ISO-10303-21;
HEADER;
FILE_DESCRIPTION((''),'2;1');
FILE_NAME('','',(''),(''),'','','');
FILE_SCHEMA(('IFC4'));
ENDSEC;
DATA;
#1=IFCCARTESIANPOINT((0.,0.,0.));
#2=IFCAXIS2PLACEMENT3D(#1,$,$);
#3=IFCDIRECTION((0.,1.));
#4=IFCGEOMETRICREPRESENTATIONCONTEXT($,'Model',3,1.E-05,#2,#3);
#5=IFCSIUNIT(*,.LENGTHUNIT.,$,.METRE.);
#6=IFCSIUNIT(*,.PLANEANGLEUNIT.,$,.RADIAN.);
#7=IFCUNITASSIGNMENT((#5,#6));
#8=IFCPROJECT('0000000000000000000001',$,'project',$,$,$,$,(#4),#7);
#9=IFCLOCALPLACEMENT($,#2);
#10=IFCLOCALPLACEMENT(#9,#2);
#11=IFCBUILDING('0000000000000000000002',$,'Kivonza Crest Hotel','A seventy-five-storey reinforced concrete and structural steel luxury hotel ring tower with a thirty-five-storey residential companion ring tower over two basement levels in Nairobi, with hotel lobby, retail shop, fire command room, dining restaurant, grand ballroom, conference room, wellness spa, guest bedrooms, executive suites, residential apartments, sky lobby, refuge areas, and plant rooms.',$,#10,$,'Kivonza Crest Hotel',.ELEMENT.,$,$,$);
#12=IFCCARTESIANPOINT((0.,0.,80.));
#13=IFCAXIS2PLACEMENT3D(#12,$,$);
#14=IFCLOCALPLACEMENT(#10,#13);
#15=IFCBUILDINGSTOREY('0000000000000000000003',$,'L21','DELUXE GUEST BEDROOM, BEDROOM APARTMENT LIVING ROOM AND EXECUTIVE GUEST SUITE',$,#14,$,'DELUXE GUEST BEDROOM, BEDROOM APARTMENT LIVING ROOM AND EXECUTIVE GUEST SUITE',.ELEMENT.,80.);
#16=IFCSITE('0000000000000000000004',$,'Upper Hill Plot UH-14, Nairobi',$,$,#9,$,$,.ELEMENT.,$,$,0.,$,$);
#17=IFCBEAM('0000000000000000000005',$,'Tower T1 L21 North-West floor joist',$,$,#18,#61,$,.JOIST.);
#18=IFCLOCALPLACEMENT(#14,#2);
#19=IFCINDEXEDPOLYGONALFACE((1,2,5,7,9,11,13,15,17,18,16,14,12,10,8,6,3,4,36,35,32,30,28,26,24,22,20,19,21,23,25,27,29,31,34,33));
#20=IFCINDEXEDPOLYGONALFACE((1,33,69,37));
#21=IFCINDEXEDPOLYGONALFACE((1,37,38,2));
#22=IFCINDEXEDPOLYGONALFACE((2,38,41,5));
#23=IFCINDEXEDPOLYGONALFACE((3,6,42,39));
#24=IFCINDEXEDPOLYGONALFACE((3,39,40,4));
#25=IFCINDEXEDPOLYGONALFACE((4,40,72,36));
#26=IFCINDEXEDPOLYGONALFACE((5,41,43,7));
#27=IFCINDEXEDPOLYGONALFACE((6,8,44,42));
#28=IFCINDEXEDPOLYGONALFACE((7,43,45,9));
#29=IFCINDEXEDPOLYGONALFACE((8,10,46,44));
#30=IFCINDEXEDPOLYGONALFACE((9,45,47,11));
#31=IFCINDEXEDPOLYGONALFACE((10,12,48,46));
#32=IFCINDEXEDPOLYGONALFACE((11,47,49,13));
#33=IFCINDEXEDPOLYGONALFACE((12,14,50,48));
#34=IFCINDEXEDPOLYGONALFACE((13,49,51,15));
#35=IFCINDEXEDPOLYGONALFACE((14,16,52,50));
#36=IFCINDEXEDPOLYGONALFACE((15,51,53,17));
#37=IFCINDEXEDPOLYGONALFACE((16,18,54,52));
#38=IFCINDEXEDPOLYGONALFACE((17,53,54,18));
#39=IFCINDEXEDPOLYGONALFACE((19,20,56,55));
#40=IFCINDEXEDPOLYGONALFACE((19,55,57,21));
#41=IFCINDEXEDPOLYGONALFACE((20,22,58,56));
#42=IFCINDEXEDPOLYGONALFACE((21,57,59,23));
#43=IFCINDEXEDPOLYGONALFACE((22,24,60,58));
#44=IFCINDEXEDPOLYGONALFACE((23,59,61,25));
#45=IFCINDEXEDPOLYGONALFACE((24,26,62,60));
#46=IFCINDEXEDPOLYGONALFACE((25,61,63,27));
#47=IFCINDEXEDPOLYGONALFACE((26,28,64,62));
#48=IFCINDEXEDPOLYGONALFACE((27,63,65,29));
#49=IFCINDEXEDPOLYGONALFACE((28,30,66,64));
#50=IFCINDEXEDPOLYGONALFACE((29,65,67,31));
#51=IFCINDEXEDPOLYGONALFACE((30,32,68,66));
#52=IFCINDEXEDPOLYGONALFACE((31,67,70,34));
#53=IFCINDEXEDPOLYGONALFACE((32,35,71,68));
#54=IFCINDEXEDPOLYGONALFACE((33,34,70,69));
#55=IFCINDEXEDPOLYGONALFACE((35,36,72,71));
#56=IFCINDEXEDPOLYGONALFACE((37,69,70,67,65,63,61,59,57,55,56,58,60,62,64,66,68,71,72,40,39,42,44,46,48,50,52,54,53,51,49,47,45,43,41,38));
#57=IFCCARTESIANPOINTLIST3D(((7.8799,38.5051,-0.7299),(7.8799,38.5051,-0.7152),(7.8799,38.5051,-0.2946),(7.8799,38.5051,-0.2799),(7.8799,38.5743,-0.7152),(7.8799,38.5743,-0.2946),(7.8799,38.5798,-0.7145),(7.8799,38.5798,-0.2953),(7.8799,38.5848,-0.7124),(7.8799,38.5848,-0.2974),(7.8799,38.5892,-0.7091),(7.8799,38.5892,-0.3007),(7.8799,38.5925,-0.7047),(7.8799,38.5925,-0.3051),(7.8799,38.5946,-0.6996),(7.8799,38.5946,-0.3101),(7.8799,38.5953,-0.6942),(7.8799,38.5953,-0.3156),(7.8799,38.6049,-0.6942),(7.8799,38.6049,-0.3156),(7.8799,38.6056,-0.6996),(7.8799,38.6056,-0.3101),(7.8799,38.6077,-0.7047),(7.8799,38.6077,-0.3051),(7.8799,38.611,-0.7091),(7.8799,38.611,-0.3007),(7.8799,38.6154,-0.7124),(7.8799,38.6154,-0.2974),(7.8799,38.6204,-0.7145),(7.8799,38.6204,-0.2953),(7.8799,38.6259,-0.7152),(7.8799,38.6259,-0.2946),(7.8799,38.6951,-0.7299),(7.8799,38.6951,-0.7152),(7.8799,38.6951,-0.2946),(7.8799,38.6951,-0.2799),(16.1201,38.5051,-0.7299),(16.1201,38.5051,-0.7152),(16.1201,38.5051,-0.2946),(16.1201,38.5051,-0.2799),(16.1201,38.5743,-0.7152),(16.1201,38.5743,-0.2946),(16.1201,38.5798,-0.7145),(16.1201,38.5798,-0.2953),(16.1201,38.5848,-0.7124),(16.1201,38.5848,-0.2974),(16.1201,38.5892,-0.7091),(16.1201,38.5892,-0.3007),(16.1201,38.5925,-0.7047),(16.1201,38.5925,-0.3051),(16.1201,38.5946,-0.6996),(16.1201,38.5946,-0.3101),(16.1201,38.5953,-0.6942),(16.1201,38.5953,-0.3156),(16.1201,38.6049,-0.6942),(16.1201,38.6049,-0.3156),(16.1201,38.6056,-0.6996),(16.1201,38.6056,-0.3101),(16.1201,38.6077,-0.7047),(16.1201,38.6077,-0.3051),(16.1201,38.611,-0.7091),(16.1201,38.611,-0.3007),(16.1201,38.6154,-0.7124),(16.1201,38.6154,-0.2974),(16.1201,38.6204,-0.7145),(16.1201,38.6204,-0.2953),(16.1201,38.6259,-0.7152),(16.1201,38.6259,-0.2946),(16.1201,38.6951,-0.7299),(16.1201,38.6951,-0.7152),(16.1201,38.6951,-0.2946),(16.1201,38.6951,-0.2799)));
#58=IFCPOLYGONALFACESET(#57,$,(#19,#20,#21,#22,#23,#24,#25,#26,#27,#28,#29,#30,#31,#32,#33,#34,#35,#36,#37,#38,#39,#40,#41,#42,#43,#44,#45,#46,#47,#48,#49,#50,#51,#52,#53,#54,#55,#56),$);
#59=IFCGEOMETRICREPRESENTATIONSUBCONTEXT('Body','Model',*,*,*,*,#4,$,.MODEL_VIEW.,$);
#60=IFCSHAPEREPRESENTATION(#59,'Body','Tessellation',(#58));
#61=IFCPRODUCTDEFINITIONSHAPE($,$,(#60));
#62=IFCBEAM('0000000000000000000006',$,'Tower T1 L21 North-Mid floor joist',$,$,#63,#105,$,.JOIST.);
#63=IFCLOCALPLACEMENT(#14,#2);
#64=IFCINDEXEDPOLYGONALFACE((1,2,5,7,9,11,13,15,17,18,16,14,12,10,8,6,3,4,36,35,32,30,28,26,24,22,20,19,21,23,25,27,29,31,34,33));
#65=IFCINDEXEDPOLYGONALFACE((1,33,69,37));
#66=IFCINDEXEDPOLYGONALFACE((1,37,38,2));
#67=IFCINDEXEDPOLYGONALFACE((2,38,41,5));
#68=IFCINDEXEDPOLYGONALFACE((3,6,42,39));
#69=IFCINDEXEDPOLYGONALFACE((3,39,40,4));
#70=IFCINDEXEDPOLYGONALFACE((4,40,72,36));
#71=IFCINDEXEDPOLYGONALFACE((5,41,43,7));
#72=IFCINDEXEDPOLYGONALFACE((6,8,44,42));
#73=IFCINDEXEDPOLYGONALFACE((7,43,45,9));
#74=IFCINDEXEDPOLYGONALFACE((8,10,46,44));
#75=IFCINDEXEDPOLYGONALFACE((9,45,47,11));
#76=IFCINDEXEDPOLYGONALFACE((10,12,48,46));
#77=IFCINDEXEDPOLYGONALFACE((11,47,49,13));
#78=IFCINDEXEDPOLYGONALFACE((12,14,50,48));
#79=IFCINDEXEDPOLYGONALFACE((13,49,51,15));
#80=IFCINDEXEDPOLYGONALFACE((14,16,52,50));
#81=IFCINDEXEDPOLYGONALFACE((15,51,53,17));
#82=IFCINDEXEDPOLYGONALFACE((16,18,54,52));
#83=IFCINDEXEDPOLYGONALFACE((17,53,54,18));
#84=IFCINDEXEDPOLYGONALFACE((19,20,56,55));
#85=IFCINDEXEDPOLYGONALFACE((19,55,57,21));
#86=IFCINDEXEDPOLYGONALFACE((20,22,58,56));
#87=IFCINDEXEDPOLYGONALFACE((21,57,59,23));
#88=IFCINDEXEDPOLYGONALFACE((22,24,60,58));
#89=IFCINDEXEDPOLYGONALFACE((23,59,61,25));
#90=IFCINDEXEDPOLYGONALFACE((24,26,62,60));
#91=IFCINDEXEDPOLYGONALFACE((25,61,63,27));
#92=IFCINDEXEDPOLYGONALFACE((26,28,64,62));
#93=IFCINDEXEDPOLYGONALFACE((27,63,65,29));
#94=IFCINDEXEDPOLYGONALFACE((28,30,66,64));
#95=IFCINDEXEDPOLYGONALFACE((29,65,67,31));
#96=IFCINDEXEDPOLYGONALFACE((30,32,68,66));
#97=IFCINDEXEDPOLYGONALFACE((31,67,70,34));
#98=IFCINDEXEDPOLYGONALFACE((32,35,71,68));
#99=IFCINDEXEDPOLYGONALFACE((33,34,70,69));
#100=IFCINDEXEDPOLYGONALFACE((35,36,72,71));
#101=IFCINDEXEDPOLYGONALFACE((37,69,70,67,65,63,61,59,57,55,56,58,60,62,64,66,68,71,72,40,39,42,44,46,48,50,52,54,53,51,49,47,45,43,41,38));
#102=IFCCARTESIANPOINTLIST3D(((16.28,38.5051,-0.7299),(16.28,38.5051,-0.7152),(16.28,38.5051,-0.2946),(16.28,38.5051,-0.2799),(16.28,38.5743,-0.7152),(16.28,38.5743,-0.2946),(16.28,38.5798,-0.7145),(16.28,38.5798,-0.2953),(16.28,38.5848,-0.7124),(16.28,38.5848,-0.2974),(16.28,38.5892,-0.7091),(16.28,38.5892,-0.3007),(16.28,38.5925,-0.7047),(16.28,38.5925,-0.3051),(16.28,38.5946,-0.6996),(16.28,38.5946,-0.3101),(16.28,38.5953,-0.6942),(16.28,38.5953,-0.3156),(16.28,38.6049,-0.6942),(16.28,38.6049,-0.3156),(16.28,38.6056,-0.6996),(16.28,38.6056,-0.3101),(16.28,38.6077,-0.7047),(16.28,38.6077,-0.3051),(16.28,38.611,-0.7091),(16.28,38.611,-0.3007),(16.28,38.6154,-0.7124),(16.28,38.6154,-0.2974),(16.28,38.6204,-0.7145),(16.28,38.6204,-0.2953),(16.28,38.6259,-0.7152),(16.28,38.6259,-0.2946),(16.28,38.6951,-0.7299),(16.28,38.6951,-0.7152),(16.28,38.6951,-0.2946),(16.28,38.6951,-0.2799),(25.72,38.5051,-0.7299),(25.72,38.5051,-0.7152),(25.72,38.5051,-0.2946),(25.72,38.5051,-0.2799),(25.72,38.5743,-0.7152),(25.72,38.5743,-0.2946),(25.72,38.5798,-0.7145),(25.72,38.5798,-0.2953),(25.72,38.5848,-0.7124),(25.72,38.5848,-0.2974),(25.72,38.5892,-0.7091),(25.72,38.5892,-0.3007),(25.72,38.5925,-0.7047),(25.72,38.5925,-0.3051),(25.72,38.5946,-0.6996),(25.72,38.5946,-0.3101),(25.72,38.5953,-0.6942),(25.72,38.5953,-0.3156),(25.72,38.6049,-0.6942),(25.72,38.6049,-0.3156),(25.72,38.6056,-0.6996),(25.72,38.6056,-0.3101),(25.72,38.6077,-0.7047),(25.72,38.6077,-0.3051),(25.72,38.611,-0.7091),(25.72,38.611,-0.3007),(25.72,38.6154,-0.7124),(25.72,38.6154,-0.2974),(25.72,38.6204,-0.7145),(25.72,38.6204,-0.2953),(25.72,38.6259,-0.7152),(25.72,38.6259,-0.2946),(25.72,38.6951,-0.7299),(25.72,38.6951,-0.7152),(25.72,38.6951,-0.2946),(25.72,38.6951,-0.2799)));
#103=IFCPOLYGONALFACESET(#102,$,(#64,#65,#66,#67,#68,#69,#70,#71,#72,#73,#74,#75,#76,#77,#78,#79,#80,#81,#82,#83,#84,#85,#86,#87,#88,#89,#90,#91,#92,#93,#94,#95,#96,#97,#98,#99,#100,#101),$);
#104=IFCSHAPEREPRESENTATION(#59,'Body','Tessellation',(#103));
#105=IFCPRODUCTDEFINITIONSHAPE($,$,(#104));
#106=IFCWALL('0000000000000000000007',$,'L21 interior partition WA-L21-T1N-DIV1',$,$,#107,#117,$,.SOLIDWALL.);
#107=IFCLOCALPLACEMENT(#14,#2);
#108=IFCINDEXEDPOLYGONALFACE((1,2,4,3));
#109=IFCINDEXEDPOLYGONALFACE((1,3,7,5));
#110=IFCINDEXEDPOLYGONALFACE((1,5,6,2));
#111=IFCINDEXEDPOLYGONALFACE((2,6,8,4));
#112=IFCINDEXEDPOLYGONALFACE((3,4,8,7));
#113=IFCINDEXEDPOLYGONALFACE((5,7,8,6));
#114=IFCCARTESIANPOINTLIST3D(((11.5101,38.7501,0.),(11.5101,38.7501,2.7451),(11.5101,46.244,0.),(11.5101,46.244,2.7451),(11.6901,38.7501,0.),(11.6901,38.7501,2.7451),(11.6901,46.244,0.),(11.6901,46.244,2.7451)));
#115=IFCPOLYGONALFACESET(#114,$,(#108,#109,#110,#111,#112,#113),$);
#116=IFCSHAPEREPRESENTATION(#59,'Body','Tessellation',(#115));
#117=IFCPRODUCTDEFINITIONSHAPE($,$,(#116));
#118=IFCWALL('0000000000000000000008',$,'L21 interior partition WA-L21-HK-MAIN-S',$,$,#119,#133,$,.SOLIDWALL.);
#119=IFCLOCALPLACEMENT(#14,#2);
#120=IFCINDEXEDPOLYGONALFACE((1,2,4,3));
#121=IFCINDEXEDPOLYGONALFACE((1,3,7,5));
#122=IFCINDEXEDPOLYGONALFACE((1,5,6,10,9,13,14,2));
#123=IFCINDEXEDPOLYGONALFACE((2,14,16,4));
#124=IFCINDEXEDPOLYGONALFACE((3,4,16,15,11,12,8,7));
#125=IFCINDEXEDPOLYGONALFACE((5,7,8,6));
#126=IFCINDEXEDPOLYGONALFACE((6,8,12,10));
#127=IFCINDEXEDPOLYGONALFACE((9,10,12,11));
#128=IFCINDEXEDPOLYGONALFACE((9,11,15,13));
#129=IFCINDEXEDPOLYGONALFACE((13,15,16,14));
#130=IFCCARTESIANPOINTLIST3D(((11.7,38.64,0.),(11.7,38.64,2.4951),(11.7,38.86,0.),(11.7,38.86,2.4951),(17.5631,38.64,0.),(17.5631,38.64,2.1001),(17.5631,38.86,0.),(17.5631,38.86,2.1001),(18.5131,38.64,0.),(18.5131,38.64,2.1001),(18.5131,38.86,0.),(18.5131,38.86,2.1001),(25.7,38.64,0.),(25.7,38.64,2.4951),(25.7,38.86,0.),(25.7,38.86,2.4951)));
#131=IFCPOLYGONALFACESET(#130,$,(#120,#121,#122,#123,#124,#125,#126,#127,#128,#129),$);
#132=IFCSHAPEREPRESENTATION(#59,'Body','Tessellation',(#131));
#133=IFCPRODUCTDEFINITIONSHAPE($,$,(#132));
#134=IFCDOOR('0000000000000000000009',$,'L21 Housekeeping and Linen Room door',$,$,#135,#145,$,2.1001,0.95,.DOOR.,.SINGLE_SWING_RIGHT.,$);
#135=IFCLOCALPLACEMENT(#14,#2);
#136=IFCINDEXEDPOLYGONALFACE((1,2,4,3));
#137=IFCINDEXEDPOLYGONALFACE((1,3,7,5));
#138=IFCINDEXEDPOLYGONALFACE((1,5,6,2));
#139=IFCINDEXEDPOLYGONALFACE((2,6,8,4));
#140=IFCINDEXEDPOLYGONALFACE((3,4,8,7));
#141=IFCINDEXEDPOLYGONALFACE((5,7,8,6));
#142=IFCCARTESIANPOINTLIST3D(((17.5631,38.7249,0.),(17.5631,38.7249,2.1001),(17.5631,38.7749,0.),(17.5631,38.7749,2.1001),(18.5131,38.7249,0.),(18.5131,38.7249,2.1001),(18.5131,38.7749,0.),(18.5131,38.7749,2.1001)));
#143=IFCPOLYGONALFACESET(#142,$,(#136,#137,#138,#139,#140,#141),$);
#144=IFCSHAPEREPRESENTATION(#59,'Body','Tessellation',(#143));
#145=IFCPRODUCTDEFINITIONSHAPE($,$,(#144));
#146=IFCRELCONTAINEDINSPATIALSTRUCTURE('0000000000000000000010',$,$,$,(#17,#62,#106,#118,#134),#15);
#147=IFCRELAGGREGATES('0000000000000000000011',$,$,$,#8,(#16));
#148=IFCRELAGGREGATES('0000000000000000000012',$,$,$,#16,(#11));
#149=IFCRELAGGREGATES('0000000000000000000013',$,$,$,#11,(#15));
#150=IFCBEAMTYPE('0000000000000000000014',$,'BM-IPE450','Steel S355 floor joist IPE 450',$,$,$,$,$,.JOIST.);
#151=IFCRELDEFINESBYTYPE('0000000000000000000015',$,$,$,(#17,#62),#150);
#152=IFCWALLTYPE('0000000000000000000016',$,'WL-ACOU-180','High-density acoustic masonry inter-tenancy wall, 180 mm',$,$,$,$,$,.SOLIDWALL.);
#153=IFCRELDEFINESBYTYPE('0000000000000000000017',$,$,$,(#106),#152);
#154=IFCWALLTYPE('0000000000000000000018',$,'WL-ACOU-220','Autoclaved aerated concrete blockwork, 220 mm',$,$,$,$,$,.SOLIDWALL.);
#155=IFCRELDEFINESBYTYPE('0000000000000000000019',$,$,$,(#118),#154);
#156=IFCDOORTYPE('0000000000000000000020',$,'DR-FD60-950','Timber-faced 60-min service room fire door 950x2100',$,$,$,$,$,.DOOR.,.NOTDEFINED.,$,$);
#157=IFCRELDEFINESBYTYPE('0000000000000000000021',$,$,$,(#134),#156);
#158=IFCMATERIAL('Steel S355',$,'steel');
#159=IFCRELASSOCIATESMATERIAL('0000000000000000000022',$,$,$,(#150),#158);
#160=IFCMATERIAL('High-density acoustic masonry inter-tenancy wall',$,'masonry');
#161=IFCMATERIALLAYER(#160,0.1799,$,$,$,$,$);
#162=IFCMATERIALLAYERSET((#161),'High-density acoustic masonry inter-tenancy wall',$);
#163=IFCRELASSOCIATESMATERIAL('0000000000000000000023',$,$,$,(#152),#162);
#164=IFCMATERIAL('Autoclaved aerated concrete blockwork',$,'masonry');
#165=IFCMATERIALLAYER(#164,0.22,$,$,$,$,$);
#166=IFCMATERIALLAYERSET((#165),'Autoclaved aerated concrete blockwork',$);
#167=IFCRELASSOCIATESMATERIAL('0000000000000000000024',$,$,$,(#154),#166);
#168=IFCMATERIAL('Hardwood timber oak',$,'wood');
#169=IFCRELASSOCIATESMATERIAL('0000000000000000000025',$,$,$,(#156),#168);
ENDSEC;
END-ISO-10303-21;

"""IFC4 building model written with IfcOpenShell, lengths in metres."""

from ifc_helpers import new_model, si_unit, direction, frame, frame_2d, origin, origin_2d, place, context, subcontext, project, spatial, rectangle, i_section, extrude, material, layer, layer_set, material_profile, profile_set, type_object, element, fill, save


model = new_model("IFC4")

# Units and contexts
model_context = context("Model", 3, precision=1e-05, world=origin(), true_north=direction((0.0, 1.0)))
body_context = subcontext(model_context, "Body", "Model", "MODEL_VIEW")
ifc_project = project(units=[si_unit("LENGTHUNIT", "METRE"), si_unit("PLANEANGLEUNIT", "RADIAN")], contexts=[model_context])

# Site, building, storey
site_placement = place(None, origin())
site = spatial("IfcSite", under=ifc_project, at=site_placement, Name="Upper Hill Plot UH-14, Nairobi", CompositionType="ELEMENT", RefElevation=0.0)
building_placement = place(site_placement, origin())
building = spatial("IfcBuilding", under=site, at=building_placement, Name="Kivonza Crest Hotel", Description="A seventy-five-storey reinforced concrete and structural steel luxury hotel ring tower with a thirty-five-storey residential companion ring tower over two basement levels in Nairobi, with hotel lobby, retail shop, fire command room, dining restaurant, grand ballroom, conference room, wellness spa, guest bedrooms, executive suites, residential apartments, sky lobby, refuge areas, and plant rooms.", LongName="Kivonza Crest Hotel", CompositionType="ELEMENT")
storey_placement = place(building_placement, frame((0.0, 0.0, 80.0)))
storey = spatial("IfcBuildingStorey", under=building, at=storey_placement, Name="L21", Description="DELUXE GUEST BEDROOM, BEDROOM APARTMENT LIVING ROOM AND EXECUTIVE GUEST SUITE", LongName="DELUXE GUEST BEDROOM, BEDROOM APARTMENT LIVING ROOM AND EXECUTIVE GUEST SUITE", CompositionType="ELEMENT", Elevation=80.0)

# Beams
ifc_material_1 = material(Name="Steel S355", Category="steel")
ifc_material_profile_1 = material_profile(ifc_material_1, i_section(OverallWidth=0.1899, OverallDepth=0.45, WebThickness=0.0095, FlangeThickness=0.0146, FilletRadius=0.021, at=origin_2d()), Name="IPE 450")
ifc_profile_set_1 = profile_set([ifc_material_profile_1], Name="Steel S355")
beam_type_1 = type_object("IfcBeamType", Name="BM-IPE450", Description="Steel S355 floor joist IPE 450", PredefinedType="JOIST", material=ifc_profile_set_1)
beam_1_placement = place(storey_placement, frame((7.8799, 38.6001, -0.5049), z_axis=(1.0, 0.0, 0.0), x_axis=(0.0, 1.0, 0.0)))
element("IfcBeam", 1, at=beam_1_placement, inside=storey, type_object=beam_type_1, Name="Tower T1 L21 North-West floor joist", PredefinedType="JOIST", context=body_context, shape_type="SweptSolid", body=[
    extrude(i_section(OverallWidth=0.1899, OverallDepth=0.45, WebThickness=0.0095, FlangeThickness=0.0146, FilletRadius=0.021, at=origin_2d()), origin(), (0.0, 0.0, 1.0), 8.2402),
])
beam_2_placement = place(storey_placement, frame((16.28, 38.6001, -0.5049), z_axis=(1.0, 0.0, 0.0), x_axis=(0.0, 1.0, 0.0)))
element("IfcBeam", 2, at=beam_2_placement, inside=storey, type_object=beam_type_1, Name="Tower T1 L21 North-Mid floor joist", PredefinedType="JOIST", context=body_context, shape_type="SweptSolid", body=[
    extrude(i_section(OverallWidth=0.1899, OverallDepth=0.45, WebThickness=0.0095, FlangeThickness=0.0146, FilletRadius=0.021, at=origin_2d()), origin(), (0.0, 0.0, 1.0), 9.4399),
])

# Wall
ifc_material_2 = material(Name="High-density acoustic masonry inter-tenancy wall", Category="masonry")
ifc_layer_1 = layer(ifc_material_2, 0.1799)
ifc_layer_set_1 = layer_set([ifc_layer_1], Name="High-density acoustic masonry inter-tenancy wall")
wall_type_1 = type_object("IfcWallType", Name="WL-ACOU-180", Description="High-density acoustic masonry inter-tenancy wall, 180 mm", PredefinedType="SOLIDWALL", material=ifc_layer_set_1)
wall_1_placement = place(storey_placement, frame((11.6001, 38.75, 0.0), z_axis=(0.0, 0.0, 1.0), x_axis=(0.0, 1.0, 0.0)))
element("IfcWall", 3, at=wall_1_placement, inside=storey, type_object=wall_type_1, Name="L21 interior partition WA-L21-T1N-DIV1", PredefinedType="SOLIDWALL", context=body_context, shape_type="SweptSolid", body=[
    extrude(rectangle(XDim=7.4939, YDim=0.1799, at=frame_2d((3.7471, 0.0))), origin(), (0.0, 0.0, 1.0), 2.7451),
])

# Wall, opening, door
ifc_material_3 = material(Name="Autoclaved aerated concrete blockwork", Category="masonry")
ifc_layer_2 = layer(ifc_material_3, 0.22)
ifc_layer_set_2 = layer_set([ifc_layer_2], Name="Autoclaved aerated concrete blockwork")
wall_type_2 = type_object("IfcWallType", Name="WL-ACOU-220", Description="Autoclaved aerated concrete blockwork, 220 mm", PredefinedType="SOLIDWALL", material=ifc_layer_set_2)
wall_2_placement = place(storey_placement, frame((11.7, 38.75, 0.0), z_axis=(0.0, 0.0, 1.0), x_axis=(1.0, 0.0, 0.0)))
wall_2 = element("IfcWall", 4, at=wall_2_placement, inside=storey, type_object=wall_type_2, Name="L21 interior partition WA-L21-HK-MAIN-S", PredefinedType="SOLIDWALL", context=body_context, shape_type="SweptSolid", body=[
    extrude(rectangle(XDim=14.0, YDim=0.22, at=frame_2d((7.0, 0.0))), origin(), (0.0, 0.0, 1.0), 2.4951),
])
opening_1_placement = place(wall_2_placement, frame((5.863, 0.0, 0.0)))
opening_1 = element("IfcOpeningElement", 5, at=opening_1_placement, cuts=wall_2, PredefinedType="OPENING", context=body_context, shape_type="SweptSolid", body=[
    extrude(rectangle(XDim=0.95, YDim=2.1001, at=frame_2d((0.4751, 1.05))), frame((0.0, 0.1201, 0.0), z_axis=(0.0, -1.0, 0.0), x_axis=(1.0, 0.0, 0.0)), (0.0, 0.0, 1.0), 0.24),
])
ifc_material_4 = material(Name="Hardwood timber oak", Category="wood")
door_type = type_object("IfcDoorType", Name="DR-FD60-950", Description="Timber-faced 60-min service room fire door 950x2100", OperationType="NOTDEFINED", PredefinedType="DOOR", material=ifc_material_4)
door_placement = place(opening_1_placement, origin())
door = element("IfcDoor", 6, at=door_placement, inside=storey, type_object=door_type, Name="L21 Housekeeping and Linen Room door", OperationType="SINGLE_SWING_RIGHT", OverallHeight=2.1001, OverallWidth=0.95, PredefinedType="DOOR", context=body_context, shape_type="SweptSolid", body=[
    extrude(rectangle(XDim=0.95, YDim=2.1001, at=frame_2d((0.4751, 1.05))), frame((0.0, 0.0249, 0.0), z_axis=(0.0, -1.0, 0.0), x_axis=(1.0, 0.0, 0.0)), (0.0, 0.0, 1.0), 0.05),
])
fill(opening_1, door)

save(model, "model.ifc")
